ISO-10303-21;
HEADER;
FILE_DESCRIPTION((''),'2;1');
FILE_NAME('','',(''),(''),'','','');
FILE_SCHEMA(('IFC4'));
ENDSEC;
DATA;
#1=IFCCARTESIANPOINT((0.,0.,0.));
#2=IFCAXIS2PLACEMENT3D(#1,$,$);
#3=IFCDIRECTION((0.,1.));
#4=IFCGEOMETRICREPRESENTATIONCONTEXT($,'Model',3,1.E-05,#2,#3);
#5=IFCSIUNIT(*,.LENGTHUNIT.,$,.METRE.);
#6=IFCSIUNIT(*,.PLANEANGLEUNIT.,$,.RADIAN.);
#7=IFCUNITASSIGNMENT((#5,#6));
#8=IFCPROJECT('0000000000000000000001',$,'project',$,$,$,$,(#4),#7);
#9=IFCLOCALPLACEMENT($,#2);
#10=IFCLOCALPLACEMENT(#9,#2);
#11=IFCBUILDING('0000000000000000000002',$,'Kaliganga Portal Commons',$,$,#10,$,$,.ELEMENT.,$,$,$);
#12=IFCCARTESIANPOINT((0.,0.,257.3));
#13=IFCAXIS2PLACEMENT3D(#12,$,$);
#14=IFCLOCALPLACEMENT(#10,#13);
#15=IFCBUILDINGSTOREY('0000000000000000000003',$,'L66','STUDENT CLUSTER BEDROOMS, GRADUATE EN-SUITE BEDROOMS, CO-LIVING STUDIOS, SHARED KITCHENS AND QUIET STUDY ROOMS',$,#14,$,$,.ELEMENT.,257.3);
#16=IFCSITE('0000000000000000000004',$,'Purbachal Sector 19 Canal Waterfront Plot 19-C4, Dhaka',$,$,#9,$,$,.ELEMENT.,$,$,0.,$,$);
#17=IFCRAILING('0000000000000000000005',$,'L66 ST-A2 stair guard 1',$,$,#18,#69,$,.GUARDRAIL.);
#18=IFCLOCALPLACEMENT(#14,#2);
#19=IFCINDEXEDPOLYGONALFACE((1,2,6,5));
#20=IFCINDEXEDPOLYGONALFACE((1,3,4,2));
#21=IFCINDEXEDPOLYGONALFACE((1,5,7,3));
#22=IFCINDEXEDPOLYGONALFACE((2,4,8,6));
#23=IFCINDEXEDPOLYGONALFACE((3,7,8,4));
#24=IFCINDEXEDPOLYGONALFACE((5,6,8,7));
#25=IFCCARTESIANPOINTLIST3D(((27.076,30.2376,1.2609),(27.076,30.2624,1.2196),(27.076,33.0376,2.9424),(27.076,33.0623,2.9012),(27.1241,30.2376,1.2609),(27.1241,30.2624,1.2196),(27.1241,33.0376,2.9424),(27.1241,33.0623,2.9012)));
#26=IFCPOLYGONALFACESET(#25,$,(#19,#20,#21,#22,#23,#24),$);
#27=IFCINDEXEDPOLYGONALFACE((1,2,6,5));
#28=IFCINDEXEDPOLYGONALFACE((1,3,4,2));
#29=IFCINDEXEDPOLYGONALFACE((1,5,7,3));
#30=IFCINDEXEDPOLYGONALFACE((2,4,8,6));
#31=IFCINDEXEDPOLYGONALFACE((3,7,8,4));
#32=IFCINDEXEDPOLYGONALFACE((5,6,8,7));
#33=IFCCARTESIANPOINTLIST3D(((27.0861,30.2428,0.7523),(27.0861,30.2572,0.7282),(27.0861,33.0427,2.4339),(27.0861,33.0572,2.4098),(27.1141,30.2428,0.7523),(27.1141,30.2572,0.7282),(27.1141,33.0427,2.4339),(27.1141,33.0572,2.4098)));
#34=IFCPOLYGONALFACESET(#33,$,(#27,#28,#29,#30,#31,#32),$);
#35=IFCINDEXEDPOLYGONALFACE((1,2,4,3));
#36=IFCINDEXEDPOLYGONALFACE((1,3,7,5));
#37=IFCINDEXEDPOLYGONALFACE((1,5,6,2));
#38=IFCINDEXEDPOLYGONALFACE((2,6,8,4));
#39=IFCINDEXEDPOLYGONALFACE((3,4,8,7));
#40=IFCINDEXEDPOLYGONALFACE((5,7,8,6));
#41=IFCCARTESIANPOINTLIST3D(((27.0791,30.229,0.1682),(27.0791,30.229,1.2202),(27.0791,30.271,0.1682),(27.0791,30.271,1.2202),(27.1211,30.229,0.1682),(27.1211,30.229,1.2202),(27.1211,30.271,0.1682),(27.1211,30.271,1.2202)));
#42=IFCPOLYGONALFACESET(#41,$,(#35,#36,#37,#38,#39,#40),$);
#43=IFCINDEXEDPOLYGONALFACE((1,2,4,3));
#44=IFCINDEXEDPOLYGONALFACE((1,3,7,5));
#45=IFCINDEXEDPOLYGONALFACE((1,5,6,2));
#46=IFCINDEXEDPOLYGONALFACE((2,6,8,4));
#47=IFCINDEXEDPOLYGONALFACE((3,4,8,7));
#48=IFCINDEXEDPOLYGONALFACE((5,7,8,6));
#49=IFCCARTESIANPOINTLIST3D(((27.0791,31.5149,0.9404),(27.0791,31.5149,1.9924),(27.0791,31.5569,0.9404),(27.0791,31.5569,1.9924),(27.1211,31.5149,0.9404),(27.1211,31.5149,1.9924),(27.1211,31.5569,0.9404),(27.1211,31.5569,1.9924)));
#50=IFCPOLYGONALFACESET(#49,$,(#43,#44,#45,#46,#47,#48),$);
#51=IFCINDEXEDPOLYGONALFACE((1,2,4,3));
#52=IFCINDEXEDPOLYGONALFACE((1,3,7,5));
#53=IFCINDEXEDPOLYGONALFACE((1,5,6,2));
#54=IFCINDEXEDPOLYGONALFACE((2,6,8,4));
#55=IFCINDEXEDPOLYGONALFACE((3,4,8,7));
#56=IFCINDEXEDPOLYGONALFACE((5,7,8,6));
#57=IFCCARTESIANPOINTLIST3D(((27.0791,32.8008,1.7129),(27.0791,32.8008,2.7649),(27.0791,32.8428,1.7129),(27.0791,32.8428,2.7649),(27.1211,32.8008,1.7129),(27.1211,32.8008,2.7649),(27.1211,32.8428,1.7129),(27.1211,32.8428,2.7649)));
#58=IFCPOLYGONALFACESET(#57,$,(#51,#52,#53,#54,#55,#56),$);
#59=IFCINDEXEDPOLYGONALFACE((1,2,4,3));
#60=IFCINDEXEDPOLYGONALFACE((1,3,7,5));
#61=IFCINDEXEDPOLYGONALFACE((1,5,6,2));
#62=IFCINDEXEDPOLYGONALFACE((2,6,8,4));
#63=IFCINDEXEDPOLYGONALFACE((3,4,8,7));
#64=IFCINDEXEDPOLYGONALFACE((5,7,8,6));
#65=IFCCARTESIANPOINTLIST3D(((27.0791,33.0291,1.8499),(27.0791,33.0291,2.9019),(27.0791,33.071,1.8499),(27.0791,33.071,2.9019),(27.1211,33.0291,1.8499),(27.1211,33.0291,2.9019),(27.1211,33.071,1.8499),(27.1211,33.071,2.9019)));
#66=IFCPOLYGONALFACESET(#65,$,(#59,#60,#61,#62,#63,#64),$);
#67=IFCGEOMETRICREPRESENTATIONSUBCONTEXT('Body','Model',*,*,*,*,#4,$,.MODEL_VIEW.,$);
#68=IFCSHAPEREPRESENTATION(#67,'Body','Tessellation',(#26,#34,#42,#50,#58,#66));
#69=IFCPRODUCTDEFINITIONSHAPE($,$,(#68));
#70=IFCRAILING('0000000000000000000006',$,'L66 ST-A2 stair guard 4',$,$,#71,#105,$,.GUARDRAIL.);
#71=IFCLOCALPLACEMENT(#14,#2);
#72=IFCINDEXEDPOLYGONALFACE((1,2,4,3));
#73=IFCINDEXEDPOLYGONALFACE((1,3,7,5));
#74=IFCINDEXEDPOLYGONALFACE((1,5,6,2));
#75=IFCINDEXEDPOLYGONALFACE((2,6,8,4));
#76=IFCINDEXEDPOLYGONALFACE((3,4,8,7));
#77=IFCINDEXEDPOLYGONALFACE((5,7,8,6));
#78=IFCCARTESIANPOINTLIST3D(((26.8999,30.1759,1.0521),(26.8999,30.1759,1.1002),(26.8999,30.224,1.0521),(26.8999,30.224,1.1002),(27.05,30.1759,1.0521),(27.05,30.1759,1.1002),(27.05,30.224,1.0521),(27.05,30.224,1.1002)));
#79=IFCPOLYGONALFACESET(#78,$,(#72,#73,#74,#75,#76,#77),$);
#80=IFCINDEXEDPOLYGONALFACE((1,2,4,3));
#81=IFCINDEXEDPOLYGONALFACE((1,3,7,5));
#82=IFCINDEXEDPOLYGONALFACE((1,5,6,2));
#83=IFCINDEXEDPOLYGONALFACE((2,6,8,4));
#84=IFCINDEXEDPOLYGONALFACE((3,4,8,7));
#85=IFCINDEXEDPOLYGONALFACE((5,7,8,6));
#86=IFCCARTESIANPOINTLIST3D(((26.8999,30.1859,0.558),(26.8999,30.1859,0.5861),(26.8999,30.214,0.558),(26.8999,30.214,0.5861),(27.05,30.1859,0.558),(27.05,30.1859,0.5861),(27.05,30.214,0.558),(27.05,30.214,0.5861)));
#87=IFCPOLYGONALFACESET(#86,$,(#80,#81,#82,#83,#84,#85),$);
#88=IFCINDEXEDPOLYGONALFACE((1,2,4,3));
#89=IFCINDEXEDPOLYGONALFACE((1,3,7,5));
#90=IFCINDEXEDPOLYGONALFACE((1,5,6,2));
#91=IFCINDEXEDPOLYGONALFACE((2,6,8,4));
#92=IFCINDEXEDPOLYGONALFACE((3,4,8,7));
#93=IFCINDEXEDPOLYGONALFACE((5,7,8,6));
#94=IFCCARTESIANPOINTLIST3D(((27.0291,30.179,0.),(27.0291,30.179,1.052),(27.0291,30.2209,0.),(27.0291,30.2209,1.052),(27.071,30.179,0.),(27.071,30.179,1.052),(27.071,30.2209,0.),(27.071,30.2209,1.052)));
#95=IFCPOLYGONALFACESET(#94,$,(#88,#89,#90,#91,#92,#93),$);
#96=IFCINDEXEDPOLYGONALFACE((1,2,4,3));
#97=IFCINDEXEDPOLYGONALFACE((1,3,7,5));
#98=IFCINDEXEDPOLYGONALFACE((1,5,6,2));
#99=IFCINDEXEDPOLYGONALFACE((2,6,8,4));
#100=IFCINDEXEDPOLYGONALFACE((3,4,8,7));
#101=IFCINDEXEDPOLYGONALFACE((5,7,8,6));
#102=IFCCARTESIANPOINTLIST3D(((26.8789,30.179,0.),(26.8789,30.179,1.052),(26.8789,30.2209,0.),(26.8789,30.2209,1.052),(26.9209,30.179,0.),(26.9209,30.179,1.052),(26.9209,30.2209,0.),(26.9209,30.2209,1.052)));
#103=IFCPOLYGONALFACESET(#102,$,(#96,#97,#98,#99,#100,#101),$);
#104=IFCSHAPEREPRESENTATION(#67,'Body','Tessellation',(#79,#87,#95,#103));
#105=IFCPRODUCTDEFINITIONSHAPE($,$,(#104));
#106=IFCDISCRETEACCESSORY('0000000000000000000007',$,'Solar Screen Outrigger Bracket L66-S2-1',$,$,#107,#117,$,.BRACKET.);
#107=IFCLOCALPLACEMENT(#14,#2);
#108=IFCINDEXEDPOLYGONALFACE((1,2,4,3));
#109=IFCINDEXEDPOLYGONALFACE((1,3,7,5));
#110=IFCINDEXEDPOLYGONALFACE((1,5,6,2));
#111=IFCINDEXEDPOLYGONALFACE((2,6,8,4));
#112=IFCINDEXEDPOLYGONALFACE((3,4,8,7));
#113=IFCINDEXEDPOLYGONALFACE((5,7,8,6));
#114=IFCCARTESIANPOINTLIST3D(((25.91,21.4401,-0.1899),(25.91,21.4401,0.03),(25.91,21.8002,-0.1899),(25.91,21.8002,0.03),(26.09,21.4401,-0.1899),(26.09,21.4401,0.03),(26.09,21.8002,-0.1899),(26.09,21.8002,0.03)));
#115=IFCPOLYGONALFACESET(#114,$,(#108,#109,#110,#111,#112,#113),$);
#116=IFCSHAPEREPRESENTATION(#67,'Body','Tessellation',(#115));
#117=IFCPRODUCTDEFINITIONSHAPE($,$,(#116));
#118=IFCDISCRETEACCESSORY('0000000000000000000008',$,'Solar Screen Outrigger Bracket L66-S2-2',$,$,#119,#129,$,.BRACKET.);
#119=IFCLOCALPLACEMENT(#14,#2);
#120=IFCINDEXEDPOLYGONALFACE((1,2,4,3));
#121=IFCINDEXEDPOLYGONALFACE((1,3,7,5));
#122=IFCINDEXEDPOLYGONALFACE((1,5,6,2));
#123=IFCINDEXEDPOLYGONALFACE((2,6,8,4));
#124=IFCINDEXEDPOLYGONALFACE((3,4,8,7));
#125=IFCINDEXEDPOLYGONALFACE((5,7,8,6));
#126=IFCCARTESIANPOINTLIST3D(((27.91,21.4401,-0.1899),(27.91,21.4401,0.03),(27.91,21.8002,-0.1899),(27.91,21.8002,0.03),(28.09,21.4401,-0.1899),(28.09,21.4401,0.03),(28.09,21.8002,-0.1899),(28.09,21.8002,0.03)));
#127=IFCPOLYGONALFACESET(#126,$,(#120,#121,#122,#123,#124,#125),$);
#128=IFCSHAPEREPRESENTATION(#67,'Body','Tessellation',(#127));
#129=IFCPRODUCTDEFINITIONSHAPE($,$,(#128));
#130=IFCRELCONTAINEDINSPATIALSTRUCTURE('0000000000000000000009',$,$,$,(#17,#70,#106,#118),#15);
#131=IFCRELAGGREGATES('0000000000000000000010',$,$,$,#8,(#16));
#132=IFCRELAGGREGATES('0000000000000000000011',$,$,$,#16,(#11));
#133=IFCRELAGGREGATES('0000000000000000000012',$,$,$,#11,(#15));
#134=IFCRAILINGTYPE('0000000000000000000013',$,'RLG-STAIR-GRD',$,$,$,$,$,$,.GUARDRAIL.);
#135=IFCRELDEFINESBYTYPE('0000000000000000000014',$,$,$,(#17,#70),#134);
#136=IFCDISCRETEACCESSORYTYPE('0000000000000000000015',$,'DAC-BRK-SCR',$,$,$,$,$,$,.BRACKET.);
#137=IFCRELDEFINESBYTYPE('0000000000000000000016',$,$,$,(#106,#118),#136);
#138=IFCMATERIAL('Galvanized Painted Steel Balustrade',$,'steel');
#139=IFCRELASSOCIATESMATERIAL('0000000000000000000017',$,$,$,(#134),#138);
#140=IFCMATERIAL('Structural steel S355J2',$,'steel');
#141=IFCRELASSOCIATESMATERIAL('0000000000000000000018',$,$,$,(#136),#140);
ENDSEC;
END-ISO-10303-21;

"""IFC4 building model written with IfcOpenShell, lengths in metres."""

from ifc_helpers import new_model, si_unit, direction, frame, origin, origin_2d, place, context, subcontext, project, spatial, rectangle, extrude, source, transform, mapped, material, type_object, element, save


model = new_model("IFC4")

# Units and contexts
model_context = context("Model", 3, precision=1e-05, world=origin(), true_north=direction((0.0, 1.0)))
body_context = subcontext(model_context, "Body", "Model", "MODEL_VIEW")
ifc_project = project(units=[si_unit("LENGTHUNIT", "METRE"), si_unit("PLANEANGLEUNIT", "RADIAN")], contexts=[model_context])

# Site, building, storey
site_placement = place(None, origin())
site = spatial("IfcSite", under=ifc_project, at=site_placement, Name="Purbachal Sector 19 Canal Waterfront Plot 19-C4, Dhaka", CompositionType="ELEMENT", RefElevation=0.0)
building_placement = place(site_placement, origin())
building = spatial("IfcBuilding", under=site, at=building_placement, Name="Kaliganga Portal Commons", CompositionType="ELEMENT")
storey_placement = place(building_placement, frame((0.0, 0.0, 257.3)))
storey = spatial("IfcBuildingStorey", under=building, at=storey_placement, Name="L66", Description="STUDENT CLUSTER BEDROOMS, GRADUATE EN-SUITE BEDROOMS, CO-LIVING STUDIOS, SHARED KITCHENS AND QUIET STUDY ROOMS", CompositionType="ELEMENT", Elevation=257.3)

# Shared definitions
ifc_material_1 = material(Name="Structural steel S355J2", Category="steel")

# Railings
ifc_material_2 = material(Name="Galvanized Painted Steel Balustrade", Category="steel")
railing_type = type_object("IfcRailingType", Name="RLG-STAIR-GRD", PredefinedType="GUARDRAIL", material=ifc_material_2)
railing_1_placement = place(storey_placement, frame((27.1001, 30.25, 0.1682)))
element("IfcRailing", 1, at=railing_1_placement, inside=storey, type_object=railing_type, Name="L66 ST-A2 stair guard 1", PredefinedType="GUARDRAIL", context=body_context, shape_type="SweptSolid", body=[
    extrude(rectangle(XDim=0.0481, YDim=0.0481, at=origin_2d()), frame((0.0, 0.0, 1.072), z_axis=(0.0, 0.857275, 0.514858), x_axis=(-1.0, 0.0, 0.0)), (0.0, 0.0, 1.0), 3.2661),
    extrude(rectangle(XDim=0.0281, YDim=0.0281, at=origin_2d()), frame((0.0, 0.0, 0.572), z_axis=(0.0, 0.857275, 0.514858), x_axis=(-1.0, 0.0, 0.0)), (0.0, 0.0, 1.0), 3.2661),
    extrude(rectangle(XDim=0.042, YDim=0.042, at=origin_2d()), origin(), (0.0, 0.0, 1.0), 1.052),
    extrude(rectangle(XDim=0.042, YDim=0.042, at=origin_2d()), frame((0.0, 1.2859, 0.7722)), (0.0, 0.0, 1.0), 1.052),
    extrude(rectangle(XDim=0.042, YDim=0.042, at=origin_2d()), frame((0.0, 2.5718, 1.5447)), (0.0, 0.0, 1.0), 1.052),
    extrude(rectangle(XDim=0.042, YDim=0.042, at=origin_2d()), frame((0.0, 2.8, 1.6816)), (0.0, 0.0, 1.0), 1.052),
])
railing_2_placement = place(storey_placement, frame((27.05, 30.2, 0.0)))
element("IfcRailing", 2, at=railing_2_placement, inside=storey, type_object=railing_type, Name="L66 ST-A2 stair guard 4", PredefinedType="GUARDRAIL", context=body_context, shape_type="SweptSolid", body=[
    extrude(rectangle(XDim=0.0481, YDim=0.0481, at=origin_2d()), frame((0.0, 0.0, 1.0762), z_axis=(-1.0, 0.0, 0.0), x_axis=(0.0, -1.0, 0.0)), (0.0, 0.0, 1.0), 0.1501),
    extrude(rectangle(XDim=0.0281, YDim=0.0281, at=origin_2d()), frame((0.0, 0.0, 0.572), z_axis=(-1.0, 0.0, 0.0), x_axis=(0.0, -1.0, 0.0)), (0.0, 0.0, 1.0), 0.1501),
    extrude(rectangle(XDim=0.042, YDim=0.042, at=origin_2d()), origin(), (0.0, 0.0, 1.0), 1.052),
    extrude(rectangle(XDim=0.042, YDim=0.042, at=origin_2d()), frame((-0.1501, 0.0, 0.0)), (0.0, 0.0, 1.0), 1.052),
])

# Discrete accessories
discrete_accessory_type = type_object("IfcDiscreteAccessoryType", Name="DAC-BRK-SCR", PredefinedType="BRACKET", material=ifc_material_1)
shared_shape_1 = source(origin(), body_context, "Body", "SweptSolid", [
    extrude(rectangle(XDim=0.1799, YDim=0.3601, at=origin_2d()), origin(), (0.0, 0.0, 1.0), 0.22),
])
for number, where, z_axis, x_axis, name in (
    (3, (26.0, 21.6201, -0.1899), (0.0, 0.0, 1.0), (1.0, 0.0, 0.0), "Solar Screen Outrigger Bracket L66-S2-1"),
    (4, (28.0, 21.6201, -0.1899), (0.0, 0.0, 1.0), (1.0, 0.0, 0.0), "Solar Screen Outrigger Bracket L66-S2-2"),
):
    element("IfcDiscreteAccessory", number, at=place(storey_placement, frame(where, z_axis=z_axis, x_axis=x_axis)), inside=storey, type_object=discrete_accessory_type, Name=name, PredefinedType="BRACKET", context=body_context, shape_type="MappedRepresentation", body=[
        mapped(shared_shape_1, transform((0.0, 0.0, 0.0), x_axis=(1.0, 0.0, 0.0), y_axis=(0.0, 1.0, 0.0), z_axis=(0.0, 0.0, 1.0), scale=1.0)),
    ])

save(model, "model.ifc")
